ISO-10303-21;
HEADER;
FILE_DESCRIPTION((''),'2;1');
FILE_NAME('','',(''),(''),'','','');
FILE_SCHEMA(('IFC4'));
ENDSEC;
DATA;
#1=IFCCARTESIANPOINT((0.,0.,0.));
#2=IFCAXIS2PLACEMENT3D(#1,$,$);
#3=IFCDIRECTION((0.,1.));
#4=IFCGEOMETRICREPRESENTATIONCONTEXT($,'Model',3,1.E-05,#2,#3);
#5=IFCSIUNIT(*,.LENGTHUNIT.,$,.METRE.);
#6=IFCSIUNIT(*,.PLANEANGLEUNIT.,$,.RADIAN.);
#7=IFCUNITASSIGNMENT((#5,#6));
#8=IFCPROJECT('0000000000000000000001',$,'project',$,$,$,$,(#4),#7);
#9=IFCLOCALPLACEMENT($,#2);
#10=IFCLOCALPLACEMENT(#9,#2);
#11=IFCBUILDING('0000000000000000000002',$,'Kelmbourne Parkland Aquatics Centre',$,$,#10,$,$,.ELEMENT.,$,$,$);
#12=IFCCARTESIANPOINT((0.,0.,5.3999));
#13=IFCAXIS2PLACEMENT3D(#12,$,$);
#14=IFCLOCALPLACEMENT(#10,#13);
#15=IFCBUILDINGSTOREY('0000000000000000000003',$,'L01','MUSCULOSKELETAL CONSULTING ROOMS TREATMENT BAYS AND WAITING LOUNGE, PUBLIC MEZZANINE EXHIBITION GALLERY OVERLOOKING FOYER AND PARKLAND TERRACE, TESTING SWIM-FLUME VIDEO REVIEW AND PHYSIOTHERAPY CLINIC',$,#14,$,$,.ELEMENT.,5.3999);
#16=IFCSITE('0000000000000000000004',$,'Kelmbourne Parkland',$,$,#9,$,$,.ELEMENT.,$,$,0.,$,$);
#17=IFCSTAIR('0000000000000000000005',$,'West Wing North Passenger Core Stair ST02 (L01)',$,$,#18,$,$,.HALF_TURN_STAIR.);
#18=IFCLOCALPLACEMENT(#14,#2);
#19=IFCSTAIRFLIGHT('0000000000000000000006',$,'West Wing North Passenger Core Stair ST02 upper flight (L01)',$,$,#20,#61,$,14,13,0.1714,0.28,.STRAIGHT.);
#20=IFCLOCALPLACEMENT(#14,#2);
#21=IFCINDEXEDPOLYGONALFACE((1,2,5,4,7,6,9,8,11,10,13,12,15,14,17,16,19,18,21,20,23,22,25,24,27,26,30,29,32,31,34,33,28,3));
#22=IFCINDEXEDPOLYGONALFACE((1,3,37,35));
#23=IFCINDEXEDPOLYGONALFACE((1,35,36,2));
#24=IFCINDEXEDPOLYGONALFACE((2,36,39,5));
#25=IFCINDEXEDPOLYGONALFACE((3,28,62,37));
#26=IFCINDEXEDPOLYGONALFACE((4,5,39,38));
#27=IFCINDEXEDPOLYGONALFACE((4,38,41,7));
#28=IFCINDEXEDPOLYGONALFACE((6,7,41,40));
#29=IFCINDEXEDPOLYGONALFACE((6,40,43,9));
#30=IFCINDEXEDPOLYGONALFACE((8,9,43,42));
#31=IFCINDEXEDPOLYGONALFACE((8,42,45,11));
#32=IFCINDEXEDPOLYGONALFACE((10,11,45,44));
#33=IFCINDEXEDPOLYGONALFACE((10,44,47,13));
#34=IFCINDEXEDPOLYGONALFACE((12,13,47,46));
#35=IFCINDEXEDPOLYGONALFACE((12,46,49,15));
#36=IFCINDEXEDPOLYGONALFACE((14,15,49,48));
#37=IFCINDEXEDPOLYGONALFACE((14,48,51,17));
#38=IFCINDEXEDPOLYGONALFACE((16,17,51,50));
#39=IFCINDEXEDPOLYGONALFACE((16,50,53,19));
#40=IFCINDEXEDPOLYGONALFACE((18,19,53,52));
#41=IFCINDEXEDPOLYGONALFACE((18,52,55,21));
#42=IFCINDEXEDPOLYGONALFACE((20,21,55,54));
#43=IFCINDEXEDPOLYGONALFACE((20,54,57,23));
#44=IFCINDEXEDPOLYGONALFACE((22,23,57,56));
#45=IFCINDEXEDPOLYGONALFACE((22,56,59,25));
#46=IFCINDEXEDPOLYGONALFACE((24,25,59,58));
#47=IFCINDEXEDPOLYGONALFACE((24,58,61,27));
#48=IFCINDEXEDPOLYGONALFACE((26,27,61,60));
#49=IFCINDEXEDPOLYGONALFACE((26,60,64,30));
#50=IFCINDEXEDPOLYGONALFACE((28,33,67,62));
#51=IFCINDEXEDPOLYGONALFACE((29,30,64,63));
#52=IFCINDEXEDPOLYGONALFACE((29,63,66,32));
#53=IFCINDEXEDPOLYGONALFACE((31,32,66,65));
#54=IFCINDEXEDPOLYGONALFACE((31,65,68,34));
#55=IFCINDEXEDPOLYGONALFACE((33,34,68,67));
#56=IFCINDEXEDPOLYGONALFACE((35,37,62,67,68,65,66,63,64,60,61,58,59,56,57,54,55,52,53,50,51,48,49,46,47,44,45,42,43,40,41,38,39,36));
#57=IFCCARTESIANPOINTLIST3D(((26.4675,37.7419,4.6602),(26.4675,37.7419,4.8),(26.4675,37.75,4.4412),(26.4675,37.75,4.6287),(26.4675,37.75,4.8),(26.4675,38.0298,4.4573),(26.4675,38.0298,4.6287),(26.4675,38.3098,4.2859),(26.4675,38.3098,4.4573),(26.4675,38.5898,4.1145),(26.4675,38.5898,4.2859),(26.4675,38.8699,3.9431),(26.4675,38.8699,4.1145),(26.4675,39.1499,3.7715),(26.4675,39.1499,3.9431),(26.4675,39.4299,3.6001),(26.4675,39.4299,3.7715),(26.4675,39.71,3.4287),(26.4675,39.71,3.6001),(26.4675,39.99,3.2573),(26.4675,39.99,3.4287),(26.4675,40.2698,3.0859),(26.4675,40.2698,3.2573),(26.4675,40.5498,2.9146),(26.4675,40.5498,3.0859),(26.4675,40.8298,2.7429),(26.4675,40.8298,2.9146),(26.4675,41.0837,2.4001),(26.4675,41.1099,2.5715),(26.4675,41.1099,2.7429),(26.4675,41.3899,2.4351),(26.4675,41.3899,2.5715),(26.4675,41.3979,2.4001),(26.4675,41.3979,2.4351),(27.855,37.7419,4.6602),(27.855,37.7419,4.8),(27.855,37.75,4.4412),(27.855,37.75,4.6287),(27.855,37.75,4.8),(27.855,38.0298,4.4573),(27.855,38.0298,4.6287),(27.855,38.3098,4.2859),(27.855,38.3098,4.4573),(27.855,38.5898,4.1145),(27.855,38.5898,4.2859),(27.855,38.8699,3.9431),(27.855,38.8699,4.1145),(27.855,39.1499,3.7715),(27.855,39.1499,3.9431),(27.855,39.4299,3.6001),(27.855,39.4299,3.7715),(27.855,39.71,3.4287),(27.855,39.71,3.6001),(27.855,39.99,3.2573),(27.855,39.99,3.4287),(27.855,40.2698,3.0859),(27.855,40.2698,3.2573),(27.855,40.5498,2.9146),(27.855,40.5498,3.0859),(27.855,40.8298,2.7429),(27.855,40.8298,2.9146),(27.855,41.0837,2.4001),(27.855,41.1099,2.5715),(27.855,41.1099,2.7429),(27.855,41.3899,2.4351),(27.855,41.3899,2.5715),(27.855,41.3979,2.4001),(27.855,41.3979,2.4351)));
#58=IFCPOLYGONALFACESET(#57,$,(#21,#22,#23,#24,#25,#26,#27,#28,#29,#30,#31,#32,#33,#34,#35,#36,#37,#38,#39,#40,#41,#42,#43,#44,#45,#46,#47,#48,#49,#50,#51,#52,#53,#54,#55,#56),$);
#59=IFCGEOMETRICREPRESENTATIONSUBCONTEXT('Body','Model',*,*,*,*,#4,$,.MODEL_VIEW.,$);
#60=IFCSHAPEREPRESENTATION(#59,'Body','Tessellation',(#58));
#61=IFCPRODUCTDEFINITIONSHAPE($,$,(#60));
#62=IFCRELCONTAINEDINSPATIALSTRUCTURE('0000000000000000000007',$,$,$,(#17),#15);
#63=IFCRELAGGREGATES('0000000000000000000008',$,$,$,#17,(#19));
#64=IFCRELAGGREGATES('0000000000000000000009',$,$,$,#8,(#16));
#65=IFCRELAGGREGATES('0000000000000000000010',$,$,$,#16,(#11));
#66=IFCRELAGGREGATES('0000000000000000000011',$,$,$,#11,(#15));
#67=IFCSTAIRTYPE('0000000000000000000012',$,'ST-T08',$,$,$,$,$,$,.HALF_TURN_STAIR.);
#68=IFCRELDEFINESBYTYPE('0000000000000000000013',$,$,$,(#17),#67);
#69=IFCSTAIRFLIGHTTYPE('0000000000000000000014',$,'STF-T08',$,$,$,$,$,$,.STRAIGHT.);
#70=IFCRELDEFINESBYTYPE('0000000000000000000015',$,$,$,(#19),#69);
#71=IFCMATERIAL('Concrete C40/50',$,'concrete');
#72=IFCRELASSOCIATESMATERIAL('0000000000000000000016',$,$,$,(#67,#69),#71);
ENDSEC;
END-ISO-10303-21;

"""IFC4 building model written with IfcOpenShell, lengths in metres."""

from ifc_helpers import new_model, si_unit, direction, frame, origin, place, context, subcontext, project, spatial, polyline, outline, extrude, material, type_object, element, aggregate, save


model = new_model("IFC4")

# Units and contexts
model_context = context("Model", 3, precision=1e-05, world=origin(), true_north=direction((0.0, 1.0)))
body_context = subcontext(model_context, "Body", "Model", "MODEL_VIEW")
ifc_project = project(units=[si_unit("LENGTHUNIT", "METRE"), si_unit("PLANEANGLEUNIT", "RADIAN")], contexts=[model_context])

# Site, building, storey
site_placement = place(None, origin())
site = spatial("IfcSite", under=ifc_project, at=site_placement, Name="Kelmbourne Parkland", CompositionType="ELEMENT", RefElevation=0.0)
building_placement = place(site_placement, origin())
building = spatial("IfcBuilding", under=site, at=building_placement, Name="Kelmbourne Parkland Aquatics Centre", CompositionType="ELEMENT")
storey_placement = place(building_placement, frame((0.0, 0.0, 5.3999)))
storey = spatial("IfcBuildingStorey", under=building, at=storey_placement, Name="L01", Description="MUSCULOSKELETAL CONSULTING ROOMS TREATMENT BAYS AND WAITING LOUNGE, PUBLIC MEZZANINE EXHIBITION GALLERY OVERLOOKING FOYER AND PARKLAND TERRACE, TESTING SWIM-FLUME VIDEO REVIEW AND PHYSIOTHERAPY CLINIC", CompositionType="ELEMENT", Elevation=5.3999)

# Shared definitions
ifc_material_1 = material(Name="Concrete C40/50", Category="concrete")

# Stair, stair flight
stair_type = type_object("IfcStairType", Name="ST-T08", PredefinedType="HALF_TURN_STAIR", material=ifc_material_1)
stair_placement = place(storey_placement, origin())
stair = element("IfcStair", 1, at=stair_placement, inside=storey, type_object=stair_type, Name="West Wing North Passenger Core Stair ST02 (L01)", PredefinedType="HALF_TURN_STAIR")
stair_flight_type = type_object("IfcStairFlightType", Name="STF-T08", PredefinedType="STRAIGHT", material=ifc_material_1)
stair_flight_placement = place(storey_placement, frame((27.1611, 41.3899, 2.4001), z_axis=(0.0, 0.0, 1.0), x_axis=(0.0, -1.0, 0.0)))
stair_flight = element("IfcStairFlight", 2, at=stair_flight_placement, type_object=stair_flight_type, Name="West Wing North Passenger Core Stair ST02 upper flight (L01)", NumberOfRisers=14, NumberOfTreads=13, PredefinedType="STRAIGHT", RiserHeight=0.1714, TreadLength=0.28, context=body_context, shape_type="SweptSolid", body=[
    extrude(outline(polyline([(-0.0081, 0.0), (-0.0081, 0.0349), (0.0, 0.0349), (0.0, 0.1714), (0.28, 0.1714), (0.28, 0.3428), (0.5601, 0.3428), (0.5601, 0.5144), (0.8401, 0.5144), (0.8401, 0.6858), (1.1201, 0.6858), (1.1201, 0.8572), (1.3999, 0.8572), (1.3999, 1.0286), (1.6799, 1.0286), (1.6799, 1.2), (1.96, 1.2), (1.96, 1.3713), (2.24, 1.3713), (2.24, 1.543), (2.52, 1.543), (2.52, 1.7144), (2.8, 1.7144), (2.8, 1.8857), (3.0801, 1.8857), (3.0801, 2.0571), (3.3601, 2.0571), (3.3601, 2.2285), (3.6399, 2.2285), (3.6399, 2.3999), (3.6479, 2.3999), (3.6479, 2.26), (3.6399, 2.041), (0.3062, 0.0), (-0.0081, 0.0)])), frame((0.0, 0.6938, 0.0), z_axis=(0.0, -1.0, 0.0), x_axis=(1.0, 0.0, 0.0)), (0.0, 0.0, 1.0), 1.3875),
])
aggregate(stair, [stair_flight])

save(model, "model.ifc")
